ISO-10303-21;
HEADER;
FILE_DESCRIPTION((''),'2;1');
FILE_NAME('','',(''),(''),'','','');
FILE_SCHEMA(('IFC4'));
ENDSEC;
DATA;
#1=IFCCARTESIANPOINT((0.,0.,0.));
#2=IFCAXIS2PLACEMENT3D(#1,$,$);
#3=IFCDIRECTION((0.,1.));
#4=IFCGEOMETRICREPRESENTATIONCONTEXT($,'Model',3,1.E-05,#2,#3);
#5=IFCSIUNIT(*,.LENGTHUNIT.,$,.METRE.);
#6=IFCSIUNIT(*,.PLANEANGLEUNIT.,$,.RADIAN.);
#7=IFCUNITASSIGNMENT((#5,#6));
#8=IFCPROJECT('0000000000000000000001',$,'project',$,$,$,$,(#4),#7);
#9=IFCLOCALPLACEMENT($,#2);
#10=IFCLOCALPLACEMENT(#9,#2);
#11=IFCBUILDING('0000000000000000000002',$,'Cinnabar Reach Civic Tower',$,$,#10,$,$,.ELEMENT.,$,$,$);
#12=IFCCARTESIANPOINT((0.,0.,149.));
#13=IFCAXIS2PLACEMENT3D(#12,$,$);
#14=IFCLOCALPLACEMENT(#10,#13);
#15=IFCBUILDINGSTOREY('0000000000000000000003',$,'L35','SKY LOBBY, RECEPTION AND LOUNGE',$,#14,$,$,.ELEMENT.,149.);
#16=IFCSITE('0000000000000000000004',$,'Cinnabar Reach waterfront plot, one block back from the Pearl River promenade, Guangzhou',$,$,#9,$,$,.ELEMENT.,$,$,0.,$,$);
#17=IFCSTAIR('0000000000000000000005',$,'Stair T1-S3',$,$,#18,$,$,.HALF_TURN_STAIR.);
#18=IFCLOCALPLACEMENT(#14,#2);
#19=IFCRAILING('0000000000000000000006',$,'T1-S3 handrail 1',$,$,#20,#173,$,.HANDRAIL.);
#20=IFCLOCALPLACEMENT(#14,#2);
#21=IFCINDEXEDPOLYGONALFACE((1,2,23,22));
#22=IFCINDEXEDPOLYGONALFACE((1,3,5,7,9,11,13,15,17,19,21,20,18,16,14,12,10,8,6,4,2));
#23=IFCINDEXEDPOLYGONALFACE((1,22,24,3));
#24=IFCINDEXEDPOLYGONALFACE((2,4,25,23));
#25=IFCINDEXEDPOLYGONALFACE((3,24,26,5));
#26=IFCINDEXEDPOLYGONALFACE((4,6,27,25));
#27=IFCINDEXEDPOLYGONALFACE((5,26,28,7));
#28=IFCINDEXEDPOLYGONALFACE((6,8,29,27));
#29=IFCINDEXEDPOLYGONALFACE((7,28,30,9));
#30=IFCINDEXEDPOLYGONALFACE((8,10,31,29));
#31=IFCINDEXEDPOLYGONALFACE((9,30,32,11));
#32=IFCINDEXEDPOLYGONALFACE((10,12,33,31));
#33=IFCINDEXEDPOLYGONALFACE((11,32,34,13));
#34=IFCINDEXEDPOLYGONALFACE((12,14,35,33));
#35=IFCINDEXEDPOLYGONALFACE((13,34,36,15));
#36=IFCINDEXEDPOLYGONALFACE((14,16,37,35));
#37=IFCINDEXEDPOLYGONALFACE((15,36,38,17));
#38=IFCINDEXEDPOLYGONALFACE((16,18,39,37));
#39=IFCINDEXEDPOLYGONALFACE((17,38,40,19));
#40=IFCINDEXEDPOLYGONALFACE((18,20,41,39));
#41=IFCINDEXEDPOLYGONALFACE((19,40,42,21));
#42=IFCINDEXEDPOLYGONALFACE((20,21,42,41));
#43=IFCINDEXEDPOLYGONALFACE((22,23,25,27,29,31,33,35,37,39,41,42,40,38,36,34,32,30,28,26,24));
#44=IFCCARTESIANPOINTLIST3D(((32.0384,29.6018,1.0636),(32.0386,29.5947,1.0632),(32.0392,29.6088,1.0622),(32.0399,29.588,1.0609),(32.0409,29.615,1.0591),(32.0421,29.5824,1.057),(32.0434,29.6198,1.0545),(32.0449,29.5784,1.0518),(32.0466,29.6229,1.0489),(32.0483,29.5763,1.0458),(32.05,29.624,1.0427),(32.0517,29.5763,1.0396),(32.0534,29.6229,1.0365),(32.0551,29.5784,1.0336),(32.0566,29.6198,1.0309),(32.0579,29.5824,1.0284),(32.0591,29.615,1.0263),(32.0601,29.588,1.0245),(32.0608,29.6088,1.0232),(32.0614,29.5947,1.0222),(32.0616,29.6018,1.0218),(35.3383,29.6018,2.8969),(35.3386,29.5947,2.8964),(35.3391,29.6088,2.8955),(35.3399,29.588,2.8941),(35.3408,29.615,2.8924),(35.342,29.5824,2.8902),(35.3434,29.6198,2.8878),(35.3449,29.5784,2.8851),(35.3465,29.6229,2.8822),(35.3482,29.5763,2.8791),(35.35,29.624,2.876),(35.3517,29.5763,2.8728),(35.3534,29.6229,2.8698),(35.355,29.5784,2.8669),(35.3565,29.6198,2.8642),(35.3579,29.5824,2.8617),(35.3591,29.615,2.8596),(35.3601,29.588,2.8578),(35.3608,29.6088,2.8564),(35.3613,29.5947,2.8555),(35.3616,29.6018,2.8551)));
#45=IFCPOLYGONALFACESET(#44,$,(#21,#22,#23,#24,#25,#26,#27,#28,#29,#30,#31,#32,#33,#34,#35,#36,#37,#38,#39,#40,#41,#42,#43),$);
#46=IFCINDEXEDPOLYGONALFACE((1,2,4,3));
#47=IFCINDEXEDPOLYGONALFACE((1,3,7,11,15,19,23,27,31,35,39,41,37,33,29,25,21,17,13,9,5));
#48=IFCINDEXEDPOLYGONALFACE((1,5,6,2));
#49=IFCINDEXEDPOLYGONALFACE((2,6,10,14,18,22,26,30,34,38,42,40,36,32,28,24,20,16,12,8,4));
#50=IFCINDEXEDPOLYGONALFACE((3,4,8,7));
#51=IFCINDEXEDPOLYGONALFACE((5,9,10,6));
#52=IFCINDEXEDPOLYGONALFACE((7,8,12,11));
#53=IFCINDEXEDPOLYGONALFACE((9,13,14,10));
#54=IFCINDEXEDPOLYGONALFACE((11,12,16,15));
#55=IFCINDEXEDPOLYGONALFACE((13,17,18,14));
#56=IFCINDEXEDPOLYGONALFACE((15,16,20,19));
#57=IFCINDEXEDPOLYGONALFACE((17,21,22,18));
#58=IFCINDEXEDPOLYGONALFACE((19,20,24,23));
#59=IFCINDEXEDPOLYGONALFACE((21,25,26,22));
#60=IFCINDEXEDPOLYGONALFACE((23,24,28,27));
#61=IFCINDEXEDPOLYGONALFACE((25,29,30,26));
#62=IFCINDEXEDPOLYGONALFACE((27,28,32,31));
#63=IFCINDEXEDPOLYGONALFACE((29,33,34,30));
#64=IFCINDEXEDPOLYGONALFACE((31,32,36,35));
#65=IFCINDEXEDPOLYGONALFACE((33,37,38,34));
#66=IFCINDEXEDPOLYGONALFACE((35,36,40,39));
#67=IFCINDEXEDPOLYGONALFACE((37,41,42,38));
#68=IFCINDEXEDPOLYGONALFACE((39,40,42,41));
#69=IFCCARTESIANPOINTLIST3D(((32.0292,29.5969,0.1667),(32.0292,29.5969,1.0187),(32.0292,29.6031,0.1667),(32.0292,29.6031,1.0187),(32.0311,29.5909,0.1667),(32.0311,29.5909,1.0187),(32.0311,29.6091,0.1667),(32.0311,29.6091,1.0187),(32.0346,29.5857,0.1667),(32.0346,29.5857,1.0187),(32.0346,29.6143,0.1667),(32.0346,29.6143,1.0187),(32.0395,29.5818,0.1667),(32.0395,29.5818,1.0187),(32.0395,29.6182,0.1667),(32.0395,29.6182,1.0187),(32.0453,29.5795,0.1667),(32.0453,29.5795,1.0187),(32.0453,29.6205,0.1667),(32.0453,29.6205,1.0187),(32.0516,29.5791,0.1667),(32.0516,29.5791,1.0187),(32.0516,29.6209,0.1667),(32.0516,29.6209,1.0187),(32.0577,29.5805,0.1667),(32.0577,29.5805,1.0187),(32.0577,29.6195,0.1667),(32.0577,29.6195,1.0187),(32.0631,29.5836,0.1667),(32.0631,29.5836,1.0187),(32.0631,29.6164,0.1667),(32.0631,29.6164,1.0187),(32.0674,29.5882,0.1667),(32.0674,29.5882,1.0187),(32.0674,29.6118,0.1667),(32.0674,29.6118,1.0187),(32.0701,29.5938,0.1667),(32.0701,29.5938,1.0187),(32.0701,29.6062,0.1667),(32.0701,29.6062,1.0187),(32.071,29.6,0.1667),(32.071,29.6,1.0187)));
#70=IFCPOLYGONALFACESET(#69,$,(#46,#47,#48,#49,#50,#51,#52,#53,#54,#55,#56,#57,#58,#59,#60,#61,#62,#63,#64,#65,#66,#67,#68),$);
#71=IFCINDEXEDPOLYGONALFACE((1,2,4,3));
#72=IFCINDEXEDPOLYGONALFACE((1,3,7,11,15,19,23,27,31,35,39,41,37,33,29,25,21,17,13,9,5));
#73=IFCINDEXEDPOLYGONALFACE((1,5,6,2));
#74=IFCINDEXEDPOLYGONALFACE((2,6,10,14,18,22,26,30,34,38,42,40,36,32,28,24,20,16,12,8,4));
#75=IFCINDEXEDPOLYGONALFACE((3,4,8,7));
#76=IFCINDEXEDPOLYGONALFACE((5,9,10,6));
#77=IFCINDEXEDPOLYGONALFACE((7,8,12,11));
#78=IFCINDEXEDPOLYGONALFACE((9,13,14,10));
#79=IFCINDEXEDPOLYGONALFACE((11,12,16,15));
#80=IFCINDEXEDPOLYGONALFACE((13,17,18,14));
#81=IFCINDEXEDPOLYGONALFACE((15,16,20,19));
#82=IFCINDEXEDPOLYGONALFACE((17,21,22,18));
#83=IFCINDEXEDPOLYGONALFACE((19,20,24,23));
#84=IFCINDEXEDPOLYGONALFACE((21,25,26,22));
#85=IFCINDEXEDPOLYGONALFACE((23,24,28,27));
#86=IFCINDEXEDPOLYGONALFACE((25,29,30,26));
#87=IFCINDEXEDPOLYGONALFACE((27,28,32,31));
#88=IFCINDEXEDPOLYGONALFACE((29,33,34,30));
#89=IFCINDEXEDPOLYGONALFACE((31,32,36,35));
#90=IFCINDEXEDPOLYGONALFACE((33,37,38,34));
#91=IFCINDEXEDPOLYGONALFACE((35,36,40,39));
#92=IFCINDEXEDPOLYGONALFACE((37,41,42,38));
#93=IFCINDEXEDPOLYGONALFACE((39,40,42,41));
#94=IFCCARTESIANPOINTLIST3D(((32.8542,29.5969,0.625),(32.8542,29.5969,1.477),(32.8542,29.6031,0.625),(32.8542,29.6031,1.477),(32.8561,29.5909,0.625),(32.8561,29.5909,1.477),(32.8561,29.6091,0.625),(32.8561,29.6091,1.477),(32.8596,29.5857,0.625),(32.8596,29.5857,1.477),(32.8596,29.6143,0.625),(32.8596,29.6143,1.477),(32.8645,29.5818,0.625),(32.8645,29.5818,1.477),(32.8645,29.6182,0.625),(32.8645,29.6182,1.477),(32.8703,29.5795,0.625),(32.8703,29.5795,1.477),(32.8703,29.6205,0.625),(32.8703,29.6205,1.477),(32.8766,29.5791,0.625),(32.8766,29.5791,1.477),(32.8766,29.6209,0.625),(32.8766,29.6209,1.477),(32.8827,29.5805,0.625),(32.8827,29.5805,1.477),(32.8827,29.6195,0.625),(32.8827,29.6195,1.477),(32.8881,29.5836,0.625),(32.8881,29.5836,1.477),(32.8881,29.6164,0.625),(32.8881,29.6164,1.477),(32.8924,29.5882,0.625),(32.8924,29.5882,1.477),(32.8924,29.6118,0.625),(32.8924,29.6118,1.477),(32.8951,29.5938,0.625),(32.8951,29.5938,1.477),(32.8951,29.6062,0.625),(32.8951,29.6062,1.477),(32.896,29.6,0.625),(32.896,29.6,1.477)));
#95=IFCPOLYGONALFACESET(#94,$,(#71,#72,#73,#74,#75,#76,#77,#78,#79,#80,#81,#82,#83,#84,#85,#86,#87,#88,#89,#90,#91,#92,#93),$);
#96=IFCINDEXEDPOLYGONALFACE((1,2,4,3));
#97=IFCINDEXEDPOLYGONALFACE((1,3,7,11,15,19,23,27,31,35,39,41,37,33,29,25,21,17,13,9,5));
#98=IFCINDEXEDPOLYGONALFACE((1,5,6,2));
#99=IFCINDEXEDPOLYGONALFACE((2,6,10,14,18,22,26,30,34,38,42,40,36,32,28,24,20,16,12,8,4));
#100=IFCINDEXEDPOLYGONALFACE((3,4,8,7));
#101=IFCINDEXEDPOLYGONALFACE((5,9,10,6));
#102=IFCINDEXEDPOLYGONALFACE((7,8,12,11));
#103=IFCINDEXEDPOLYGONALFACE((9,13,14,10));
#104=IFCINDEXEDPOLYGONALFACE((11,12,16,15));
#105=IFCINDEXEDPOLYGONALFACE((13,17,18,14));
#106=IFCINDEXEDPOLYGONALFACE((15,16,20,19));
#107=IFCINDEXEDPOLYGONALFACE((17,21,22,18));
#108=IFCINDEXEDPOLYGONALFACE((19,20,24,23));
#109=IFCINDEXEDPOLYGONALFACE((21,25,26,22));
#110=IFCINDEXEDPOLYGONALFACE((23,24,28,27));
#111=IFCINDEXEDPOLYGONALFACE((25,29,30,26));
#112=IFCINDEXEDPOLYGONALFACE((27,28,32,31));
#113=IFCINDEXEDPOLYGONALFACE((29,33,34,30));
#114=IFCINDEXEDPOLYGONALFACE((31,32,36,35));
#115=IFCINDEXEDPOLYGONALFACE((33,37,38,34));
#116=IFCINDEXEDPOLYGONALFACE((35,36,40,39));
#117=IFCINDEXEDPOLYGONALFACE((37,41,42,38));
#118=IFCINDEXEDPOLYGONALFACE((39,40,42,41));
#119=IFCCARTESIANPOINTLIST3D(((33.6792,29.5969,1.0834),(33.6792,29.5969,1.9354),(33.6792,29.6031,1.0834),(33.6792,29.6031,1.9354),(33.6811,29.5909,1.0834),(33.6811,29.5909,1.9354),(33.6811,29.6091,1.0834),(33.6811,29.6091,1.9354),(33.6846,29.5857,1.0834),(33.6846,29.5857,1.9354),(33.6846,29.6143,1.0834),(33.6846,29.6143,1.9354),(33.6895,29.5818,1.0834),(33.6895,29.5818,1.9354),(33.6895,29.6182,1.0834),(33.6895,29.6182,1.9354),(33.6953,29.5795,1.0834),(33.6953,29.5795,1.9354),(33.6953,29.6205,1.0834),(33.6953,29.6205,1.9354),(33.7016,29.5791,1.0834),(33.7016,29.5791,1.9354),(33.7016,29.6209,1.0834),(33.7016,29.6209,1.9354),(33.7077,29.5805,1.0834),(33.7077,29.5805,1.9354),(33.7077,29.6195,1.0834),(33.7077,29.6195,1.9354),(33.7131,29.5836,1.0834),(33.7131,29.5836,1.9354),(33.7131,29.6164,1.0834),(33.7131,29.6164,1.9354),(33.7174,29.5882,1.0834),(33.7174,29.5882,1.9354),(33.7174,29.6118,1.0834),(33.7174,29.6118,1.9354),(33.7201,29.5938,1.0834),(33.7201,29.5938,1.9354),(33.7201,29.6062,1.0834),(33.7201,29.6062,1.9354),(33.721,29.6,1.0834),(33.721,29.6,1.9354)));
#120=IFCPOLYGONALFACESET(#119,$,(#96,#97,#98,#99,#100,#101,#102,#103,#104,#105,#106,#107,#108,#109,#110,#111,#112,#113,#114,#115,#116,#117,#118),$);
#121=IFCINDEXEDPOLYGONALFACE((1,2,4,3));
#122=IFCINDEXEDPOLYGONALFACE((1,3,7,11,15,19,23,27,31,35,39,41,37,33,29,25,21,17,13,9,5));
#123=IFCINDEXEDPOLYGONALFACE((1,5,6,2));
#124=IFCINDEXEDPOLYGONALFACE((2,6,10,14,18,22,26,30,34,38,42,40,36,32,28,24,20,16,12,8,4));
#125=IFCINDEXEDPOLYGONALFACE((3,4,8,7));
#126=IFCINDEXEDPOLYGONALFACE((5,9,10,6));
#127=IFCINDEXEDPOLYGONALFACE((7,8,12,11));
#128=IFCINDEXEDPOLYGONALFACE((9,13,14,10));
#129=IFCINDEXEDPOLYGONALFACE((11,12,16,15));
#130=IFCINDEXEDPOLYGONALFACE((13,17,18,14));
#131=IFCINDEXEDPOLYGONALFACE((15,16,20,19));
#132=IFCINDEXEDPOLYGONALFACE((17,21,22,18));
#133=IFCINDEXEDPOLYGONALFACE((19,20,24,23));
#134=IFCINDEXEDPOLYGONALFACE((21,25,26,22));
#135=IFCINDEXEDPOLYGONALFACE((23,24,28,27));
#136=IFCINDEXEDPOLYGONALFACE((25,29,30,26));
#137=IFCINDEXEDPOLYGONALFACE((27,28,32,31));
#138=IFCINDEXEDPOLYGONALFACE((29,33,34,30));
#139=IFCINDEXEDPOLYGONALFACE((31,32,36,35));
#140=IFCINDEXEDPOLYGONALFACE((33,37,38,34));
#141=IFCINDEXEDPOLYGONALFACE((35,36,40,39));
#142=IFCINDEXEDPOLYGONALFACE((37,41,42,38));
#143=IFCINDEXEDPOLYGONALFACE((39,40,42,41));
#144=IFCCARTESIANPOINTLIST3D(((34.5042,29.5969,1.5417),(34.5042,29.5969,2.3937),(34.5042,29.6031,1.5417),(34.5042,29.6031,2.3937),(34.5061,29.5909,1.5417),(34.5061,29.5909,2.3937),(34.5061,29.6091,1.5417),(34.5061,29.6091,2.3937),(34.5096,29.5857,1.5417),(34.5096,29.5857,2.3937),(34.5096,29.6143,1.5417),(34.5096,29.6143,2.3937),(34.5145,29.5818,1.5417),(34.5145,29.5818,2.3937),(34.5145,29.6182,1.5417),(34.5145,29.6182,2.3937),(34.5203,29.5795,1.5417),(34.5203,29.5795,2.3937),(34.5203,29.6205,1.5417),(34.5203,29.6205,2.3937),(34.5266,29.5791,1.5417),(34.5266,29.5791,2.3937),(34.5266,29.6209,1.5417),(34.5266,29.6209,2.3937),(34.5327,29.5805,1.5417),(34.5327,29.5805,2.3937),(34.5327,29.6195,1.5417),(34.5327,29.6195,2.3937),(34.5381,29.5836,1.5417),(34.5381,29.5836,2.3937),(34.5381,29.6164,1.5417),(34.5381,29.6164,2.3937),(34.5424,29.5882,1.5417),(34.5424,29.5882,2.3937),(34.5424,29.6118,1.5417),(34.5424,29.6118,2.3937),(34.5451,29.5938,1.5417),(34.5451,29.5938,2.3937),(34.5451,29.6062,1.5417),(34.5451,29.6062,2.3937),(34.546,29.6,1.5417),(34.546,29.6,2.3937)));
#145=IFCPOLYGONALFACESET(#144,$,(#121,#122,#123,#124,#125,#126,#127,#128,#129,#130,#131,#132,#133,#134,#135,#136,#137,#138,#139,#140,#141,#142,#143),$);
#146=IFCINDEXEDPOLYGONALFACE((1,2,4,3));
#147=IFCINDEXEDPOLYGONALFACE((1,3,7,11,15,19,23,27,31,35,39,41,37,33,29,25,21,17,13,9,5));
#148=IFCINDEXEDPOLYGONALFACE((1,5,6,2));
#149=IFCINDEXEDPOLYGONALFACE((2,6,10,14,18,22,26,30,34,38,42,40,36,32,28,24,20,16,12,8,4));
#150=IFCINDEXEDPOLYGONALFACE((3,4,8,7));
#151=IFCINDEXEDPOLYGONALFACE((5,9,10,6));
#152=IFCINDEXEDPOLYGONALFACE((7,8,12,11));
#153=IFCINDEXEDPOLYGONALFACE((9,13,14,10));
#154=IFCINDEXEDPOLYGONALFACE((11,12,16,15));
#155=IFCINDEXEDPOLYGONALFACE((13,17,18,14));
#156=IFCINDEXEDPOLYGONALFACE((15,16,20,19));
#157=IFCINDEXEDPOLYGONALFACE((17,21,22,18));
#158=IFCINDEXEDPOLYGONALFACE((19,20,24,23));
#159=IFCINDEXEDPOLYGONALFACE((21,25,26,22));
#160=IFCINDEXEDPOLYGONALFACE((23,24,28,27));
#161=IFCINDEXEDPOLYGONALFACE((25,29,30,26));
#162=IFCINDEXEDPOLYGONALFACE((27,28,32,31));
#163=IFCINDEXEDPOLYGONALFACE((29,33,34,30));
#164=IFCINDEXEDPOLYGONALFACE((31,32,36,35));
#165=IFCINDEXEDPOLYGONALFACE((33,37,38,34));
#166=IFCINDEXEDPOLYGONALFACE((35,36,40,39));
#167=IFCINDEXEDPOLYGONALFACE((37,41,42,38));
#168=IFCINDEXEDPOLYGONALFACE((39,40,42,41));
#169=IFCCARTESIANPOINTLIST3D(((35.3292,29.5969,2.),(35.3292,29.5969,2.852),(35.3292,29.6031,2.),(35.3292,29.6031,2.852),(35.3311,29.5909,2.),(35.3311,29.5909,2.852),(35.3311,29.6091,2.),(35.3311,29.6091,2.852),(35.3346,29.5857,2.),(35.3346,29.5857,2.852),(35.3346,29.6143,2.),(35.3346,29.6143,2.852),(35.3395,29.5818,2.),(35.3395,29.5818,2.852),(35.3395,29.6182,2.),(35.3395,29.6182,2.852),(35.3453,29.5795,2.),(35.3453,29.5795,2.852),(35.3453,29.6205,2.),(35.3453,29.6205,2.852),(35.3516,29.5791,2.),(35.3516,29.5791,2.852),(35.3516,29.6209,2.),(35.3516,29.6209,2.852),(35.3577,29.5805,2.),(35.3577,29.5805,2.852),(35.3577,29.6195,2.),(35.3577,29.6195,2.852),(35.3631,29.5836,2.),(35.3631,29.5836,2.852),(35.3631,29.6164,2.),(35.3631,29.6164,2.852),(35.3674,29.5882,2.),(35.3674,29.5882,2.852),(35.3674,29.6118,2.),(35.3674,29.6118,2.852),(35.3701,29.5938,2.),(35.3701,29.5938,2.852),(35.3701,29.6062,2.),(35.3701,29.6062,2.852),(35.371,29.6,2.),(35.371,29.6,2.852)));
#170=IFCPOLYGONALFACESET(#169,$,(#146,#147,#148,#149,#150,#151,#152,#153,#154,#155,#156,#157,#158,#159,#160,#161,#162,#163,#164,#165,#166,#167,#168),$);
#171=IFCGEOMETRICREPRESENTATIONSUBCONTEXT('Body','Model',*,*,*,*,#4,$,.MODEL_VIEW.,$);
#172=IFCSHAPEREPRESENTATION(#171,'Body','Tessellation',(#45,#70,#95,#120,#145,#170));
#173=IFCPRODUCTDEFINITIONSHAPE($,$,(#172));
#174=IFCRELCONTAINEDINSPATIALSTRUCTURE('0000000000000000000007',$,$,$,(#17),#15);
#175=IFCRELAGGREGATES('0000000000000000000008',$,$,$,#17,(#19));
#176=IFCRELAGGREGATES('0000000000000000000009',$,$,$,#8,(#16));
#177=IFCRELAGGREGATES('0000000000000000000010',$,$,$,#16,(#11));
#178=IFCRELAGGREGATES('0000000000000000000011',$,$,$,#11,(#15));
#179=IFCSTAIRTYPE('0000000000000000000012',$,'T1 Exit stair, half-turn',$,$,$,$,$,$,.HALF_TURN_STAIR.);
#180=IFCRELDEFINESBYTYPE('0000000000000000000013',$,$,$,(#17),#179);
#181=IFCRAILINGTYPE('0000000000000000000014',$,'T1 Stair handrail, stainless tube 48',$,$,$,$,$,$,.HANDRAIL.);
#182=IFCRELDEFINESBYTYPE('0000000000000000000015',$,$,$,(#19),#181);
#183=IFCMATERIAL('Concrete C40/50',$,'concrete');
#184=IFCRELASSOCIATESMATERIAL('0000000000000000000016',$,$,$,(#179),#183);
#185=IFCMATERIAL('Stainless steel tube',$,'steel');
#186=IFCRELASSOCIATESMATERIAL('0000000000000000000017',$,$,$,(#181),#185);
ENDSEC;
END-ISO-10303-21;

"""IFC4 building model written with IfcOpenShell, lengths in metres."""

from ifc_helpers import new_model, si_unit, direction, frame, origin, origin_2d, place, context, subcontext, project, spatial, circle, extrude, material, type_object, element, aggregate, save


model = new_model("IFC4")

# Units and contexts
model_context = context("Model", 3, precision=1e-05, world=origin(), true_north=direction((0.0, 1.0)))
body_context = subcontext(model_context, "Body", "Model", "MODEL_VIEW")
ifc_project = project(units=[si_unit("LENGTHUNIT", "METRE"), si_unit("PLANEANGLEUNIT", "RADIAN")], contexts=[model_context])

# Site, building, storey
site_placement = place(None, origin())
site = spatial("IfcSite", under=ifc_project, at=site_placement, Name="Cinnabar Reach waterfront plot, one block back from the Pearl River promenade, Guangzhou", CompositionType="ELEMENT", RefElevation=0.0)
building_placement = place(site_placement, origin())
building = spatial("IfcBuilding", under=site, at=building_placement, Name="Cinnabar Reach Civic Tower", CompositionType="ELEMENT")
storey_placement = place(building_placement, frame((0.0, 0.0, 149.0)))
storey = spatial("IfcBuildingStorey", under=building, at=storey_placement, Name="L35", Description="SKY LOBBY, RECEPTION AND LOUNGE", CompositionType="ELEMENT", Elevation=149.0)

# Stair, railing
ifc_material_1 = material(Name="Concrete C40/50", Category="concrete")
stair_type = type_object("IfcStairType", Name="T1 Exit stair, half-turn", PredefinedType="HALF_TURN_STAIR", material=ifc_material_1)
stair_placement = place(storey_placement, origin())
stair = element("IfcStair", 1, at=stair_placement, inside=storey, type_object=stair_type, Name="Stair T1-S3", PredefinedType="HALF_TURN_STAIR")
ifc_material_2 = material(Name="Stainless steel tube", Category="steel")
railing_type = type_object("IfcRailingType", Name="T1 Stair handrail, stainless tube 48", PredefinedType="HANDRAIL", material=ifc_material_2)
railing_placement = place(storey_placement, frame((32.05, 29.6, 0.1667)))
railing = element("IfcRailing", 2, at=railing_placement, type_object=railing_type, Name="T1-S3 handrail 1", PredefinedType="HANDRAIL", context=body_context, shape_type="SweptSolid", body=[
    extrude(circle(Radius=0.024, at=origin_2d()), frame((0.0, 0.0, 0.876), z_axis=(0.874161, 0.0, 0.485636), x_axis=(0.0, 1.0, 0.0)), (0.0, 0.0, 1.0), 3.775),
    extrude(circle(Radius=0.021, at=origin_2d()), origin(), (0.0, 0.0, 1.0), 0.852),
    extrude(circle(Radius=0.021, at=origin_2d()), frame((0.825, 0.0, 0.4583)), (0.0, 0.0, 1.0), 0.852),
    extrude(circle(Radius=0.021, at=origin_2d()), frame((1.65, 0.0, 0.9167)), (0.0, 0.0, 1.0), 0.852),
    extrude(circle(Radius=0.021, at=origin_2d()), frame((2.475, 0.0, 1.375)), (0.0, 0.0, 1.0), 0.852),
    extrude(circle(Radius=0.021, at=origin_2d()), frame((3.3, 0.0, 1.8333)), (0.0, 0.0, 1.0), 0.852),
])
aggregate(stair, [railing])

save(model, "model.ifc")
